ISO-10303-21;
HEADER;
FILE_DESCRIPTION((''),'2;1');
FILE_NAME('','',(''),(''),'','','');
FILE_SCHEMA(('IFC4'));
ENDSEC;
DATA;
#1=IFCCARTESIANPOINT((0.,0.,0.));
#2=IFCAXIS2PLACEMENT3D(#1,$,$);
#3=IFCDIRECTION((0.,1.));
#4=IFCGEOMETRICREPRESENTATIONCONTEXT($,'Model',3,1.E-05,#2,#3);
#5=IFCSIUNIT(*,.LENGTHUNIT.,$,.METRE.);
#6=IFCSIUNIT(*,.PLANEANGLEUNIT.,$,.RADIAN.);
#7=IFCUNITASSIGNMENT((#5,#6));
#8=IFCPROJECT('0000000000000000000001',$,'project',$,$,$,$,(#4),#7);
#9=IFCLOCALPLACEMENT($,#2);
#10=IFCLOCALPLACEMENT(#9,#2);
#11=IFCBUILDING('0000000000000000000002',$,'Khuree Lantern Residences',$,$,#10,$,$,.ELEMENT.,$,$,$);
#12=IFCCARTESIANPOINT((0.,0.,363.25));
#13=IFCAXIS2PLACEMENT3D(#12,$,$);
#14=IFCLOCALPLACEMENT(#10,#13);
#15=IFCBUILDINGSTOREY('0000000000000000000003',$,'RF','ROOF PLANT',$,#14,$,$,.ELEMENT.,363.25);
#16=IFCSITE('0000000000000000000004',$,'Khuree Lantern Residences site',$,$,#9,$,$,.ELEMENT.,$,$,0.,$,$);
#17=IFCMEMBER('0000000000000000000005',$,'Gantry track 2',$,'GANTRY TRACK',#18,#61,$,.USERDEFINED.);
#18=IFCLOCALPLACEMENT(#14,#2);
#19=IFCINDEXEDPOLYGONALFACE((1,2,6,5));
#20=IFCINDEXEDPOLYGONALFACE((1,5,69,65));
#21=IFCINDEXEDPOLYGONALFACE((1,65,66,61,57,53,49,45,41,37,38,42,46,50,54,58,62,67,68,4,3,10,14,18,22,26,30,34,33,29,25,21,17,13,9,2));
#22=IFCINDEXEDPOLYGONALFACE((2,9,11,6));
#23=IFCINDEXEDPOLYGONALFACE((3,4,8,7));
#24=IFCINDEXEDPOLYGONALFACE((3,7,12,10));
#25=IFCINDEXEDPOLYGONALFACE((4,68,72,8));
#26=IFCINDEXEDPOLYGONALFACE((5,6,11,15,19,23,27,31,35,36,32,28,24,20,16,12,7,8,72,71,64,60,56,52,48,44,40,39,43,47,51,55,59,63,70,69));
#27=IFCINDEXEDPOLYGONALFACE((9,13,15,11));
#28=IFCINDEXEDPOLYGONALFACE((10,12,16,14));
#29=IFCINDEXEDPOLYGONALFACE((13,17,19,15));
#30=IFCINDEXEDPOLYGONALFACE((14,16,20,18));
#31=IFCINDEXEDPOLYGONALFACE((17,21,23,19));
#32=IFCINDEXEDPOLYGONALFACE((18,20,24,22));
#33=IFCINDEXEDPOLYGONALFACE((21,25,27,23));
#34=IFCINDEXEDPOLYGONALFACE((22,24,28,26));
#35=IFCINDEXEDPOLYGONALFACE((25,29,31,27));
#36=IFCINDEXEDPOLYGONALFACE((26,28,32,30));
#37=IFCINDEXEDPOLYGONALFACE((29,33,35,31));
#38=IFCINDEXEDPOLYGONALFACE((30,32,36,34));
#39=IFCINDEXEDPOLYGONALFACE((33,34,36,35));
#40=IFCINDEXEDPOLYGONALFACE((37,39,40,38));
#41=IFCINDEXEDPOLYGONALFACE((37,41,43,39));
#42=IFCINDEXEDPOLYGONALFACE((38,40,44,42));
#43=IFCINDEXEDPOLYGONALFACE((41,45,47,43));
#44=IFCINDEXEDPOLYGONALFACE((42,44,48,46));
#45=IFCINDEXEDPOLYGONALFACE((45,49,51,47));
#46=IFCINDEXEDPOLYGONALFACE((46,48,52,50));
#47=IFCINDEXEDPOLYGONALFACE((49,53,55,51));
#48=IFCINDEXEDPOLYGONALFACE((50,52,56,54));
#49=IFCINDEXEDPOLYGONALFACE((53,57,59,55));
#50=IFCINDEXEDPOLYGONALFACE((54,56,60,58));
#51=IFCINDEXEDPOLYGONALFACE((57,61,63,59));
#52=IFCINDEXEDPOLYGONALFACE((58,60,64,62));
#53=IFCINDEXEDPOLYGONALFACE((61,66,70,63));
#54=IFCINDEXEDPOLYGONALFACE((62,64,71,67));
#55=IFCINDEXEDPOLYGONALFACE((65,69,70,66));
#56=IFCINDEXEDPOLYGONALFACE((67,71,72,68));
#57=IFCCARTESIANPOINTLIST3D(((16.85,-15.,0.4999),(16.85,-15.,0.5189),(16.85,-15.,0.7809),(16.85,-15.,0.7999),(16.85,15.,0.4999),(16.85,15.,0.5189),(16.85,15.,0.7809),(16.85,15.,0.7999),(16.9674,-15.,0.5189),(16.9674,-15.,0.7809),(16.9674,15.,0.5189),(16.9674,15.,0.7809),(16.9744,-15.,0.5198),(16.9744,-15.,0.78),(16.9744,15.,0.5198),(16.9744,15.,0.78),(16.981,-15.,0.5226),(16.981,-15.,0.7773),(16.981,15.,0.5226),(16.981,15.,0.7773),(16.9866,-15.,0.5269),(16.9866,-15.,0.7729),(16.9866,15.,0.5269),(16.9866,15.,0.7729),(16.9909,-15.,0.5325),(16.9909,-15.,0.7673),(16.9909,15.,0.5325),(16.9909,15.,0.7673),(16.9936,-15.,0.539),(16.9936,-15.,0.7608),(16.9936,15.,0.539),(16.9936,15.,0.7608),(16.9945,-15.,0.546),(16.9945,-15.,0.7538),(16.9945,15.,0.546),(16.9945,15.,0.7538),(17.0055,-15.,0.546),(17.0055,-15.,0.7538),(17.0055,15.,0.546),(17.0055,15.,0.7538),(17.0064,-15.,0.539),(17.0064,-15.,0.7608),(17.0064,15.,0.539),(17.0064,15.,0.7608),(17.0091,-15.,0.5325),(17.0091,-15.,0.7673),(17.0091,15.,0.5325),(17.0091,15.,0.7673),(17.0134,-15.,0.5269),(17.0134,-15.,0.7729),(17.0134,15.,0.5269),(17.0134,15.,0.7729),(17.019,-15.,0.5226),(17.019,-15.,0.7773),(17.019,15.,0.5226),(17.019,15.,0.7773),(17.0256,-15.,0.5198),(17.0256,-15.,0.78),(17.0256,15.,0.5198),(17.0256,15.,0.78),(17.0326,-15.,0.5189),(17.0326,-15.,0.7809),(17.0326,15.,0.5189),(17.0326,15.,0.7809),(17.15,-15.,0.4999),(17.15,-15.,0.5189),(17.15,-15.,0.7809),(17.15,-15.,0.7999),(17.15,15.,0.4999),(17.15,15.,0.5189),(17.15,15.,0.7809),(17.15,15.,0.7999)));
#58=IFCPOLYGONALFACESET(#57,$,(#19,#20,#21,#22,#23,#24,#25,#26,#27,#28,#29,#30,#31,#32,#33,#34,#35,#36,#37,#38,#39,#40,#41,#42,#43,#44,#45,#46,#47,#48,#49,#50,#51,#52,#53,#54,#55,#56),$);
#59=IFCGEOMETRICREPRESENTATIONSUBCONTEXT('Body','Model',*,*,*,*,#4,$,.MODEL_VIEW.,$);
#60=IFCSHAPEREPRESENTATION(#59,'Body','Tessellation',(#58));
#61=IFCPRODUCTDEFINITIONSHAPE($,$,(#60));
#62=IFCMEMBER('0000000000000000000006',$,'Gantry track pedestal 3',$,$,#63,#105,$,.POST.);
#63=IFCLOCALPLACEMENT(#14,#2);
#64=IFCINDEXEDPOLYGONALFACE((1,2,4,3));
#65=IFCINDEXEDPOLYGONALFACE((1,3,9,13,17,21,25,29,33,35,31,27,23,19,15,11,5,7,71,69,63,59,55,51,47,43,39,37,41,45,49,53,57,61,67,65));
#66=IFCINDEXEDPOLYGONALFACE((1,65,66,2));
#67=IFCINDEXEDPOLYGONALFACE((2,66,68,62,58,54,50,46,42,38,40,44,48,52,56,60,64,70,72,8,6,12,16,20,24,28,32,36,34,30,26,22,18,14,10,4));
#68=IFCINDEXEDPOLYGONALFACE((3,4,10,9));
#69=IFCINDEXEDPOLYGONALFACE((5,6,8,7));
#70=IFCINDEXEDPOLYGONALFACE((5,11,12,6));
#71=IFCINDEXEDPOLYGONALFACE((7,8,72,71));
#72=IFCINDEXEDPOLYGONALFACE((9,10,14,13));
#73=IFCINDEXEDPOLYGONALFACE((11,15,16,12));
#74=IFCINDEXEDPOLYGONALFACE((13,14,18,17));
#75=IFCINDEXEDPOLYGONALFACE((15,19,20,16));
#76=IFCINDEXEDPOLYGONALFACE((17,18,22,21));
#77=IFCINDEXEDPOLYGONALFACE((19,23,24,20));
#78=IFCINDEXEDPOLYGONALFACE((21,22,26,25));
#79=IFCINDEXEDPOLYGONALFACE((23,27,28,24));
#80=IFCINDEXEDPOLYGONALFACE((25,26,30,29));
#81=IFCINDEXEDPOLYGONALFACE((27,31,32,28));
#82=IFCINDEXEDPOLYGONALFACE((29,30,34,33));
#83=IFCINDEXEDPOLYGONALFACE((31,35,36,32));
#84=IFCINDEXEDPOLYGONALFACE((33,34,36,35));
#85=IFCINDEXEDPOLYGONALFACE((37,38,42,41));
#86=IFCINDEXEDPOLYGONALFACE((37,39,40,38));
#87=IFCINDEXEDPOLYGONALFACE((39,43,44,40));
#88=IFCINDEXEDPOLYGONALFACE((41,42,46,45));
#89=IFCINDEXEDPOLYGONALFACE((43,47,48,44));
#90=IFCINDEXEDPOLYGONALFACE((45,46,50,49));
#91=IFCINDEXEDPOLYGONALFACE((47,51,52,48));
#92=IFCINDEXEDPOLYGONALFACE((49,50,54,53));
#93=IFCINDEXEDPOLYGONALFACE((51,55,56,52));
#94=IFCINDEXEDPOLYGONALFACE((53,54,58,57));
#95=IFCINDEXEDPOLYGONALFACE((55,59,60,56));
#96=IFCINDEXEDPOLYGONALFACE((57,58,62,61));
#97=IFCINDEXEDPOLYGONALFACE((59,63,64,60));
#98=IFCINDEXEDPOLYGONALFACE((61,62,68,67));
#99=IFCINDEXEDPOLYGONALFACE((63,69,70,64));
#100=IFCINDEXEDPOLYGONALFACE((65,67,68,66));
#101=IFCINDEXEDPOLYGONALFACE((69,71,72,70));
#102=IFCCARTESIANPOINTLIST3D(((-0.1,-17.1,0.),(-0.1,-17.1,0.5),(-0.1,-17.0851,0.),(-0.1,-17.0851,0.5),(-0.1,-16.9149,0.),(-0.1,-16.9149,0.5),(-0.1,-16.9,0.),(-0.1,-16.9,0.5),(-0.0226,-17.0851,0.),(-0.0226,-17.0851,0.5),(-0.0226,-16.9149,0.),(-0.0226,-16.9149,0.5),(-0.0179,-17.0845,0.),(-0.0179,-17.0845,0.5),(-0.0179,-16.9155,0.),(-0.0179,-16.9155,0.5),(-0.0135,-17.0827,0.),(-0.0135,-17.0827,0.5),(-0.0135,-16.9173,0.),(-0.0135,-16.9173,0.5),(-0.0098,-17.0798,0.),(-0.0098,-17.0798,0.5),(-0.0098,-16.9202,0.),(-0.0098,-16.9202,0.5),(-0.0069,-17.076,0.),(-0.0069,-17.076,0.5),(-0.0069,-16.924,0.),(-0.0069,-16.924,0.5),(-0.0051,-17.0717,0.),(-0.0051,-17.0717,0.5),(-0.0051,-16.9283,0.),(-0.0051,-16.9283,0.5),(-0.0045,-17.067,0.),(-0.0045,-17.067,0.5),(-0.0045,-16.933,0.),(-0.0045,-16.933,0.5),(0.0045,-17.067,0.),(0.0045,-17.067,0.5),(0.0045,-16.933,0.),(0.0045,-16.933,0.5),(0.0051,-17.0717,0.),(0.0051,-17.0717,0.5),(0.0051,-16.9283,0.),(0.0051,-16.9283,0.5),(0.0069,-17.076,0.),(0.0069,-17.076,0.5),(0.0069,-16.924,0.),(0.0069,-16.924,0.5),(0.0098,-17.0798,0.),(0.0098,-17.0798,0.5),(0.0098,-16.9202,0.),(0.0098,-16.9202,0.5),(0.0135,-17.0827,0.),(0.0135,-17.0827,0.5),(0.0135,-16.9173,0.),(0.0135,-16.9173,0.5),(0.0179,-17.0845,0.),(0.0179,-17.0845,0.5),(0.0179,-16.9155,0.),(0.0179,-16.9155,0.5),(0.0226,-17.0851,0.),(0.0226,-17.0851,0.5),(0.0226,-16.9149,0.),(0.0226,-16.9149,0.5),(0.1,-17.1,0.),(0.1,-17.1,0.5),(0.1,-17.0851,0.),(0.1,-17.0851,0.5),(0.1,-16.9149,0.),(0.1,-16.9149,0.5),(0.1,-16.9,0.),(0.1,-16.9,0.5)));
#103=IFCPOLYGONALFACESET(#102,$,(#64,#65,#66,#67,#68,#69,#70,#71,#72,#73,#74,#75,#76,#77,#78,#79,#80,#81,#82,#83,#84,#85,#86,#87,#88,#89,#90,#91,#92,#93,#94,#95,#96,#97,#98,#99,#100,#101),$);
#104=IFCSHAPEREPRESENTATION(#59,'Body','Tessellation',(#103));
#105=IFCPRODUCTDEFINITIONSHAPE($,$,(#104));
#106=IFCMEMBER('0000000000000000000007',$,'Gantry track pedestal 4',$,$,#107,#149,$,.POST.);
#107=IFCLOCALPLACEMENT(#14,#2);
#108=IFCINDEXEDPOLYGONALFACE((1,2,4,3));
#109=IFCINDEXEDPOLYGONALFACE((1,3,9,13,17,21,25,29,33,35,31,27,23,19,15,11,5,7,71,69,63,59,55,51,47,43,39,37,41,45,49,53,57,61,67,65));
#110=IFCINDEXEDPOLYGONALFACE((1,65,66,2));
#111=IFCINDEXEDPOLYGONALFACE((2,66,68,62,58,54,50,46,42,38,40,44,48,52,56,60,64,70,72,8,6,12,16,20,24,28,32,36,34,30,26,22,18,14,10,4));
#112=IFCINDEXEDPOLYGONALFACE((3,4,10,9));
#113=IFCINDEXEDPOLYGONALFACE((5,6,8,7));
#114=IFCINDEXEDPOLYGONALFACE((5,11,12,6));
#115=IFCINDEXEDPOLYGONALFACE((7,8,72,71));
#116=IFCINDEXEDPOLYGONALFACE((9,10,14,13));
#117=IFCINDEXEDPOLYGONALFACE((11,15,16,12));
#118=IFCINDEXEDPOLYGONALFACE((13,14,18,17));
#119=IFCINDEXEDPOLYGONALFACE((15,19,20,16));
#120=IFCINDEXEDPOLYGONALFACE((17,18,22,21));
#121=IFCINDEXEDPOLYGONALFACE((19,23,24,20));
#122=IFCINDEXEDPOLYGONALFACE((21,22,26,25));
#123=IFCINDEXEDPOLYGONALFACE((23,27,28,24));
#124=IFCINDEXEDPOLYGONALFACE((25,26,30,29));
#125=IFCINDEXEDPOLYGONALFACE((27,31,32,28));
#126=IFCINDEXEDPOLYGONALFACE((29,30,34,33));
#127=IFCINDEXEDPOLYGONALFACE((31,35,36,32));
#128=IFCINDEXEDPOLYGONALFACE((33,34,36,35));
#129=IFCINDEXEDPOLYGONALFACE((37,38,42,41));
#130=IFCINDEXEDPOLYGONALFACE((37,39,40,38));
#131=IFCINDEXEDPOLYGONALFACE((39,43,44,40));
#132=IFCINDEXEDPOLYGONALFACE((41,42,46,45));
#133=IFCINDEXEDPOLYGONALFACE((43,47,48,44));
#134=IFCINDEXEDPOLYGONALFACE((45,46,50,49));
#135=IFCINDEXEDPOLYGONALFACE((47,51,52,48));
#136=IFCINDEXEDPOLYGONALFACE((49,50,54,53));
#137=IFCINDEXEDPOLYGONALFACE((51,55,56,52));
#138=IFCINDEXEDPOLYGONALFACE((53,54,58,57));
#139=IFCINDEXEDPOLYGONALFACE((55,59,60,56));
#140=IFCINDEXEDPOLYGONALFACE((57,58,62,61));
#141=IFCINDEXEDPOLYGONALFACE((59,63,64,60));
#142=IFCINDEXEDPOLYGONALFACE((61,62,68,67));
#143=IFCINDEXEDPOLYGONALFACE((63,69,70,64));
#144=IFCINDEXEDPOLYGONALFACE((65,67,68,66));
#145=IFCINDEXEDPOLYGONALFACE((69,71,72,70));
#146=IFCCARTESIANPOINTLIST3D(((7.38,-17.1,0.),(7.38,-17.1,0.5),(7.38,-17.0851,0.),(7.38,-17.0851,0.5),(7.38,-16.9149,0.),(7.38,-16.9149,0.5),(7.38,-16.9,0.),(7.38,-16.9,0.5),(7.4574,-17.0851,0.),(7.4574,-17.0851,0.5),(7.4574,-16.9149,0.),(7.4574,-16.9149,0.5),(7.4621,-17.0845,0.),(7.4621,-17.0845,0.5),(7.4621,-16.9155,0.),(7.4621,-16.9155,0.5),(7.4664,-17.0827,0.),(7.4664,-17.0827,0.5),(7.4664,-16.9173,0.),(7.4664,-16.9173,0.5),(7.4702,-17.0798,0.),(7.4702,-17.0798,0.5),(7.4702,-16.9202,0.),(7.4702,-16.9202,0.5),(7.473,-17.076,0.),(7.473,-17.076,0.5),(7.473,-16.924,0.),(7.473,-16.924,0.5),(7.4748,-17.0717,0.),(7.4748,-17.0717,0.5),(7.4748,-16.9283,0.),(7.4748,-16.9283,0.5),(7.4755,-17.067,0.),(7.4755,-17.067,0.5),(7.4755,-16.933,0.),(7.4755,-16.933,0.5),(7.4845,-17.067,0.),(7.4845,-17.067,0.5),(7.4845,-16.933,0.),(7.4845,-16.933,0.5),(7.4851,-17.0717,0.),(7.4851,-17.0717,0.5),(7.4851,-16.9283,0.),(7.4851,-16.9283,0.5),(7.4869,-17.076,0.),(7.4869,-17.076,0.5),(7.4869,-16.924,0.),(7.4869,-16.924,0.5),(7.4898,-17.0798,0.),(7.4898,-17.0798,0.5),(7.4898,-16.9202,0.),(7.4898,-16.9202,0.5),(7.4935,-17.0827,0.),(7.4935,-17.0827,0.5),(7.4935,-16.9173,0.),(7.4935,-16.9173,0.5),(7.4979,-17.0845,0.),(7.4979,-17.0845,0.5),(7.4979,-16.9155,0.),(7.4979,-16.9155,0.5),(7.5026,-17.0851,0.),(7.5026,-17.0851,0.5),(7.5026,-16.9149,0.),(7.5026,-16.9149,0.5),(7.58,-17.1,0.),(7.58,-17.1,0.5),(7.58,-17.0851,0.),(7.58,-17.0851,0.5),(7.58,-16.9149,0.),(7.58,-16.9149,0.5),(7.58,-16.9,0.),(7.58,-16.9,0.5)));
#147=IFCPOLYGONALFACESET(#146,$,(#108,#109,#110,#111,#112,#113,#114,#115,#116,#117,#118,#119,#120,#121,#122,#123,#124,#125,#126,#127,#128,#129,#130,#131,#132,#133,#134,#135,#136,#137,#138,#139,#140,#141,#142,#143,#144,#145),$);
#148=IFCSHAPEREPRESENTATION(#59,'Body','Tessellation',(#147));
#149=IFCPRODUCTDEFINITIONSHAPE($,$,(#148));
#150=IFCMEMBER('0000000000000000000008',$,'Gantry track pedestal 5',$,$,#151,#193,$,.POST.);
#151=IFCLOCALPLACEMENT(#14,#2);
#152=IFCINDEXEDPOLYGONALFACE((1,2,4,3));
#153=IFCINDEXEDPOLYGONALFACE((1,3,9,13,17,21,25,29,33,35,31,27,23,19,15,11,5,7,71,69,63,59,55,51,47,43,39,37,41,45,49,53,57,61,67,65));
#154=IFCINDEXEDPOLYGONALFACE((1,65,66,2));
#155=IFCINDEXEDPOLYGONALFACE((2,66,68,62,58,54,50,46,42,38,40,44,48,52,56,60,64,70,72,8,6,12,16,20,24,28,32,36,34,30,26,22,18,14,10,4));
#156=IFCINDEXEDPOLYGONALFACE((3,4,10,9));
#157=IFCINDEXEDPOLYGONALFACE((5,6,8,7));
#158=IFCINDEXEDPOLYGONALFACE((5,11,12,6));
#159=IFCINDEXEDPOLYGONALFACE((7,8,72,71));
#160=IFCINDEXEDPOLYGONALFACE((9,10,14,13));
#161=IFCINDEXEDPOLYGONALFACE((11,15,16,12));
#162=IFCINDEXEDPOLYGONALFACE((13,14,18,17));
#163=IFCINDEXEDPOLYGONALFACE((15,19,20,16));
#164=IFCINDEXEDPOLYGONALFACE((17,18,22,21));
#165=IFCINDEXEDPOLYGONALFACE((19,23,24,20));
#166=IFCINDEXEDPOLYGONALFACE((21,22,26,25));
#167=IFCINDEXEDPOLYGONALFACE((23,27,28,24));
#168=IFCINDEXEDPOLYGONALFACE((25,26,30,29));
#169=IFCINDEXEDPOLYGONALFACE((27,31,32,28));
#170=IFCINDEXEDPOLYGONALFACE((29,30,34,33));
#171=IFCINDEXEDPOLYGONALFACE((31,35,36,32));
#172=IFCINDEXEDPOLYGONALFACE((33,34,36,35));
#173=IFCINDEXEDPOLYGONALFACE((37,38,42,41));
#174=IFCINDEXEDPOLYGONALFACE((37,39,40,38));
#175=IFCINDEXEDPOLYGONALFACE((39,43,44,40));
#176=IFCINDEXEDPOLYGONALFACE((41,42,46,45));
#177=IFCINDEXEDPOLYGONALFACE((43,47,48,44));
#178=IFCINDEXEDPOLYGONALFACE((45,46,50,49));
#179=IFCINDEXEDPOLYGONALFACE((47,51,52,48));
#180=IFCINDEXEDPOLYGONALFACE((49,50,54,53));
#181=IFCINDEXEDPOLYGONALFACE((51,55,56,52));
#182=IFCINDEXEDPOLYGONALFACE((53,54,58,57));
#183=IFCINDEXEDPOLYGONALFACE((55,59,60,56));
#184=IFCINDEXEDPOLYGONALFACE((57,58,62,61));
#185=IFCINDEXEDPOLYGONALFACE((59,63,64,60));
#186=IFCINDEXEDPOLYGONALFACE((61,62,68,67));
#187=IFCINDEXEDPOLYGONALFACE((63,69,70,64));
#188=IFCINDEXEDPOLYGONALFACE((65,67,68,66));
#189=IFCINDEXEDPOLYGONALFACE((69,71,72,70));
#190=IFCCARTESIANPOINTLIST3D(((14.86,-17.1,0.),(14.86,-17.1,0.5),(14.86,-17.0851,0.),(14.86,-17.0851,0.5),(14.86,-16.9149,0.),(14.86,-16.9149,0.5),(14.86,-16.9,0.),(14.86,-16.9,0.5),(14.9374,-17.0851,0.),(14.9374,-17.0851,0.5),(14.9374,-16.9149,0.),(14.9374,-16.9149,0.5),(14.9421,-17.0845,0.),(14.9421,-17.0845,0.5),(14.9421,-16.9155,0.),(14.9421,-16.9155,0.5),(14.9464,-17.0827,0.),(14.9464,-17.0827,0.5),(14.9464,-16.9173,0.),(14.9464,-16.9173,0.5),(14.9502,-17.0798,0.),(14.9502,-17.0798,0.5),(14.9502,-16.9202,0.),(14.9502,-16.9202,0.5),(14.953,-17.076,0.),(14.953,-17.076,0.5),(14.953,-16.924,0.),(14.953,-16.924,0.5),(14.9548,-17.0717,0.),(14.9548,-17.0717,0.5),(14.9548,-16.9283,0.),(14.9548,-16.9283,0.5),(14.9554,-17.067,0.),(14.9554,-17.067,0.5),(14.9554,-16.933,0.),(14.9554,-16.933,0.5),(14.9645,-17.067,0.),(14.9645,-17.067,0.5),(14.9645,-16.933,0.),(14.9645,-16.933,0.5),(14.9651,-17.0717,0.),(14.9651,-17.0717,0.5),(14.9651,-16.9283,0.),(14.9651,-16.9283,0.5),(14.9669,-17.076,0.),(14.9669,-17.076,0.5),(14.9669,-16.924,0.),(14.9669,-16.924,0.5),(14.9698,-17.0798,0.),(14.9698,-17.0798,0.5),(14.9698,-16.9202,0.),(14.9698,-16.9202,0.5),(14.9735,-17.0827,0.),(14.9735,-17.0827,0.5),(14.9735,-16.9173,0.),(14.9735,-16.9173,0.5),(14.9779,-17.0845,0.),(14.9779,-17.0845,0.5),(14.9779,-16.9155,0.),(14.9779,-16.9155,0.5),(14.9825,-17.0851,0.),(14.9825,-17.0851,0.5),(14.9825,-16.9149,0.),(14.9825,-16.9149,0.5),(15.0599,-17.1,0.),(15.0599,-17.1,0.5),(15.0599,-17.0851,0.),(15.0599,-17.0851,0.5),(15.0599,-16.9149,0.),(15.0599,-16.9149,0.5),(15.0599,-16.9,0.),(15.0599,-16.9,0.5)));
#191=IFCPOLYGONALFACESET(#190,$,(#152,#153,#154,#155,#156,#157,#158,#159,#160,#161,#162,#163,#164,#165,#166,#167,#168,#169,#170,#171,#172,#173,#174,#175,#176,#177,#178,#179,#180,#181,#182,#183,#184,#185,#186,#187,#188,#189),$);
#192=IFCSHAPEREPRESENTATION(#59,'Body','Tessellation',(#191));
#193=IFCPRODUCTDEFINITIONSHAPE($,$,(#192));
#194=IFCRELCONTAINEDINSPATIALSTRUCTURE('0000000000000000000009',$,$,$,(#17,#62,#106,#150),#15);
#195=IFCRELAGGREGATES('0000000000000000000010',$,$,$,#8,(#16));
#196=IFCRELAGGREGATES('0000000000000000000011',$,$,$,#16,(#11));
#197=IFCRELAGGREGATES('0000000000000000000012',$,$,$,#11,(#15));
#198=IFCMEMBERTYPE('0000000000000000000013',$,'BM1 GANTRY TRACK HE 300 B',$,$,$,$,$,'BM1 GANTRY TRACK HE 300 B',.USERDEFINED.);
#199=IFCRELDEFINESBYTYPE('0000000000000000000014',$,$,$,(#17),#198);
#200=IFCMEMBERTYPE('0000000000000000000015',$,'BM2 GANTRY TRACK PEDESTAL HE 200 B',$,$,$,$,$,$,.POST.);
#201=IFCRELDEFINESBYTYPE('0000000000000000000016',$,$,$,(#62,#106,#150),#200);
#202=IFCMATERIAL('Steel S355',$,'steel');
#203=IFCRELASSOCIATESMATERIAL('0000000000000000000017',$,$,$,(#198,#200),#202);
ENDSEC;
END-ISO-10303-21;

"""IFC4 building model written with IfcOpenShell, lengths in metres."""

from ifc_helpers import new_model, si_unit, direction, frame, origin, origin_2d, place, context, subcontext, project, spatial, i_section, extrude, material, material_profile, profile_set, type_object, element, save


model = new_model("IFC4")

# Units and contexts
model_context = context("Model", 3, precision=1e-05, world=origin(), true_north=direction((0.0, 1.0)))
body_context = subcontext(model_context, "Body", "Model", "MODEL_VIEW")
ifc_project = project(units=[si_unit("LENGTHUNIT", "METRE"), si_unit("PLANEANGLEUNIT", "RADIAN")], contexts=[model_context])

# Site, building, storey
site_placement = place(None, origin())
site = spatial("IfcSite", under=ifc_project, at=site_placement, Name="Khuree Lantern Residences site", CompositionType="ELEMENT", RefElevation=0.0)
building_placement = place(site_placement, origin())
building = spatial("IfcBuilding", under=site, at=building_placement, Name="Khuree Lantern Residences", CompositionType="ELEMENT")
storey_placement = place(building_placement, frame((0.0, 0.0, 363.25)))
storey = spatial("IfcBuildingStorey", under=building, at=storey_placement, Name="RF", Description="ROOF PLANT", CompositionType="ELEMENT", Elevation=363.25)

# Shared definitions
ifc_material_1 = material(Name="Steel S355", Category="steel")

# Members
ifc_material_profile_1 = material_profile(ifc_material_1, i_section(OverallWidth=0.3, OverallDepth=0.3, WebThickness=0.011, FlangeThickness=0.019, FilletRadius=0.0271, at=origin_2d()), Name="HE 300 B")
ifc_profile_set_1 = profile_set([ifc_material_profile_1], Name="Steel S355")
member_type_1 = type_object("IfcMemberType", Name="BM1 GANTRY TRACK HE 300 B", ElementType="BM1 GANTRY TRACK HE 300 B", PredefinedType="USERDEFINED", material=ifc_profile_set_1)
member_1_placement = place(storey_placement, frame((17.0, -15.0, 0.6499), z_axis=(0.0, 1.0, 0.0), x_axis=(-1.0, 0.0, 0.0)))
element("IfcMember", 1, at=member_1_placement, inside=storey, type_object=member_type_1, Name="Gantry track 2", ObjectType="GANTRY TRACK", PredefinedType="USERDEFINED", context=body_context, shape_type="SweptSolid", body=[
    extrude(i_section(OverallWidth=0.3, OverallDepth=0.3, WebThickness=0.011, FlangeThickness=0.019, FilletRadius=0.0271, at=origin_2d()), origin(), (0.0, 0.0, 1.0), 30.0),
])
ifc_material_profile_2 = material_profile(ifc_material_1, i_section(OverallWidth=0.2, OverallDepth=0.2, WebThickness=0.009, FlangeThickness=0.0149, FilletRadius=0.0181, at=origin_2d()), Name="HE 200 B")
ifc_profile_set_2 = profile_set([ifc_material_profile_2], Name="Steel S355")
member_type_2 = type_object("IfcMemberType", Name="BM2 GANTRY TRACK PEDESTAL HE 200 B", PredefinedType="POST", material=ifc_profile_set_2)
for number, where, z_axis, x_axis, name in (
    (2, (0.0, -17.0, 0.0), (0.0, 0.0, 1.0), (1.0, 0.0, 0.0), "Gantry track pedestal 3"),
    (3, (7.48, -17.0, 0.0), (0.0, 0.0, 1.0), (1.0, 0.0, 0.0), "Gantry track pedestal 4"),
    (4, (14.96, -17.0, 0.0), (0.0, 0.0, 1.0), (1.0, 0.0, 0.0), "Gantry track pedestal 5"),
):
    element("IfcMember", number, at=place(storey_placement, frame(where, z_axis=z_axis, x_axis=x_axis)), inside=storey, type_object=member_type_2, Name=name, PredefinedType="POST", context=body_context, shape_type="SweptSolid", body=[
        extrude(i_section(OverallWidth=0.2, OverallDepth=0.2, WebThickness=0.009, FlangeThickness=0.0149, FilletRadius=0.0181, at=origin_2d()), origin(), (0.0, 0.0, 1.0), 0.5),
    ])

save(model, "model.ifc")
